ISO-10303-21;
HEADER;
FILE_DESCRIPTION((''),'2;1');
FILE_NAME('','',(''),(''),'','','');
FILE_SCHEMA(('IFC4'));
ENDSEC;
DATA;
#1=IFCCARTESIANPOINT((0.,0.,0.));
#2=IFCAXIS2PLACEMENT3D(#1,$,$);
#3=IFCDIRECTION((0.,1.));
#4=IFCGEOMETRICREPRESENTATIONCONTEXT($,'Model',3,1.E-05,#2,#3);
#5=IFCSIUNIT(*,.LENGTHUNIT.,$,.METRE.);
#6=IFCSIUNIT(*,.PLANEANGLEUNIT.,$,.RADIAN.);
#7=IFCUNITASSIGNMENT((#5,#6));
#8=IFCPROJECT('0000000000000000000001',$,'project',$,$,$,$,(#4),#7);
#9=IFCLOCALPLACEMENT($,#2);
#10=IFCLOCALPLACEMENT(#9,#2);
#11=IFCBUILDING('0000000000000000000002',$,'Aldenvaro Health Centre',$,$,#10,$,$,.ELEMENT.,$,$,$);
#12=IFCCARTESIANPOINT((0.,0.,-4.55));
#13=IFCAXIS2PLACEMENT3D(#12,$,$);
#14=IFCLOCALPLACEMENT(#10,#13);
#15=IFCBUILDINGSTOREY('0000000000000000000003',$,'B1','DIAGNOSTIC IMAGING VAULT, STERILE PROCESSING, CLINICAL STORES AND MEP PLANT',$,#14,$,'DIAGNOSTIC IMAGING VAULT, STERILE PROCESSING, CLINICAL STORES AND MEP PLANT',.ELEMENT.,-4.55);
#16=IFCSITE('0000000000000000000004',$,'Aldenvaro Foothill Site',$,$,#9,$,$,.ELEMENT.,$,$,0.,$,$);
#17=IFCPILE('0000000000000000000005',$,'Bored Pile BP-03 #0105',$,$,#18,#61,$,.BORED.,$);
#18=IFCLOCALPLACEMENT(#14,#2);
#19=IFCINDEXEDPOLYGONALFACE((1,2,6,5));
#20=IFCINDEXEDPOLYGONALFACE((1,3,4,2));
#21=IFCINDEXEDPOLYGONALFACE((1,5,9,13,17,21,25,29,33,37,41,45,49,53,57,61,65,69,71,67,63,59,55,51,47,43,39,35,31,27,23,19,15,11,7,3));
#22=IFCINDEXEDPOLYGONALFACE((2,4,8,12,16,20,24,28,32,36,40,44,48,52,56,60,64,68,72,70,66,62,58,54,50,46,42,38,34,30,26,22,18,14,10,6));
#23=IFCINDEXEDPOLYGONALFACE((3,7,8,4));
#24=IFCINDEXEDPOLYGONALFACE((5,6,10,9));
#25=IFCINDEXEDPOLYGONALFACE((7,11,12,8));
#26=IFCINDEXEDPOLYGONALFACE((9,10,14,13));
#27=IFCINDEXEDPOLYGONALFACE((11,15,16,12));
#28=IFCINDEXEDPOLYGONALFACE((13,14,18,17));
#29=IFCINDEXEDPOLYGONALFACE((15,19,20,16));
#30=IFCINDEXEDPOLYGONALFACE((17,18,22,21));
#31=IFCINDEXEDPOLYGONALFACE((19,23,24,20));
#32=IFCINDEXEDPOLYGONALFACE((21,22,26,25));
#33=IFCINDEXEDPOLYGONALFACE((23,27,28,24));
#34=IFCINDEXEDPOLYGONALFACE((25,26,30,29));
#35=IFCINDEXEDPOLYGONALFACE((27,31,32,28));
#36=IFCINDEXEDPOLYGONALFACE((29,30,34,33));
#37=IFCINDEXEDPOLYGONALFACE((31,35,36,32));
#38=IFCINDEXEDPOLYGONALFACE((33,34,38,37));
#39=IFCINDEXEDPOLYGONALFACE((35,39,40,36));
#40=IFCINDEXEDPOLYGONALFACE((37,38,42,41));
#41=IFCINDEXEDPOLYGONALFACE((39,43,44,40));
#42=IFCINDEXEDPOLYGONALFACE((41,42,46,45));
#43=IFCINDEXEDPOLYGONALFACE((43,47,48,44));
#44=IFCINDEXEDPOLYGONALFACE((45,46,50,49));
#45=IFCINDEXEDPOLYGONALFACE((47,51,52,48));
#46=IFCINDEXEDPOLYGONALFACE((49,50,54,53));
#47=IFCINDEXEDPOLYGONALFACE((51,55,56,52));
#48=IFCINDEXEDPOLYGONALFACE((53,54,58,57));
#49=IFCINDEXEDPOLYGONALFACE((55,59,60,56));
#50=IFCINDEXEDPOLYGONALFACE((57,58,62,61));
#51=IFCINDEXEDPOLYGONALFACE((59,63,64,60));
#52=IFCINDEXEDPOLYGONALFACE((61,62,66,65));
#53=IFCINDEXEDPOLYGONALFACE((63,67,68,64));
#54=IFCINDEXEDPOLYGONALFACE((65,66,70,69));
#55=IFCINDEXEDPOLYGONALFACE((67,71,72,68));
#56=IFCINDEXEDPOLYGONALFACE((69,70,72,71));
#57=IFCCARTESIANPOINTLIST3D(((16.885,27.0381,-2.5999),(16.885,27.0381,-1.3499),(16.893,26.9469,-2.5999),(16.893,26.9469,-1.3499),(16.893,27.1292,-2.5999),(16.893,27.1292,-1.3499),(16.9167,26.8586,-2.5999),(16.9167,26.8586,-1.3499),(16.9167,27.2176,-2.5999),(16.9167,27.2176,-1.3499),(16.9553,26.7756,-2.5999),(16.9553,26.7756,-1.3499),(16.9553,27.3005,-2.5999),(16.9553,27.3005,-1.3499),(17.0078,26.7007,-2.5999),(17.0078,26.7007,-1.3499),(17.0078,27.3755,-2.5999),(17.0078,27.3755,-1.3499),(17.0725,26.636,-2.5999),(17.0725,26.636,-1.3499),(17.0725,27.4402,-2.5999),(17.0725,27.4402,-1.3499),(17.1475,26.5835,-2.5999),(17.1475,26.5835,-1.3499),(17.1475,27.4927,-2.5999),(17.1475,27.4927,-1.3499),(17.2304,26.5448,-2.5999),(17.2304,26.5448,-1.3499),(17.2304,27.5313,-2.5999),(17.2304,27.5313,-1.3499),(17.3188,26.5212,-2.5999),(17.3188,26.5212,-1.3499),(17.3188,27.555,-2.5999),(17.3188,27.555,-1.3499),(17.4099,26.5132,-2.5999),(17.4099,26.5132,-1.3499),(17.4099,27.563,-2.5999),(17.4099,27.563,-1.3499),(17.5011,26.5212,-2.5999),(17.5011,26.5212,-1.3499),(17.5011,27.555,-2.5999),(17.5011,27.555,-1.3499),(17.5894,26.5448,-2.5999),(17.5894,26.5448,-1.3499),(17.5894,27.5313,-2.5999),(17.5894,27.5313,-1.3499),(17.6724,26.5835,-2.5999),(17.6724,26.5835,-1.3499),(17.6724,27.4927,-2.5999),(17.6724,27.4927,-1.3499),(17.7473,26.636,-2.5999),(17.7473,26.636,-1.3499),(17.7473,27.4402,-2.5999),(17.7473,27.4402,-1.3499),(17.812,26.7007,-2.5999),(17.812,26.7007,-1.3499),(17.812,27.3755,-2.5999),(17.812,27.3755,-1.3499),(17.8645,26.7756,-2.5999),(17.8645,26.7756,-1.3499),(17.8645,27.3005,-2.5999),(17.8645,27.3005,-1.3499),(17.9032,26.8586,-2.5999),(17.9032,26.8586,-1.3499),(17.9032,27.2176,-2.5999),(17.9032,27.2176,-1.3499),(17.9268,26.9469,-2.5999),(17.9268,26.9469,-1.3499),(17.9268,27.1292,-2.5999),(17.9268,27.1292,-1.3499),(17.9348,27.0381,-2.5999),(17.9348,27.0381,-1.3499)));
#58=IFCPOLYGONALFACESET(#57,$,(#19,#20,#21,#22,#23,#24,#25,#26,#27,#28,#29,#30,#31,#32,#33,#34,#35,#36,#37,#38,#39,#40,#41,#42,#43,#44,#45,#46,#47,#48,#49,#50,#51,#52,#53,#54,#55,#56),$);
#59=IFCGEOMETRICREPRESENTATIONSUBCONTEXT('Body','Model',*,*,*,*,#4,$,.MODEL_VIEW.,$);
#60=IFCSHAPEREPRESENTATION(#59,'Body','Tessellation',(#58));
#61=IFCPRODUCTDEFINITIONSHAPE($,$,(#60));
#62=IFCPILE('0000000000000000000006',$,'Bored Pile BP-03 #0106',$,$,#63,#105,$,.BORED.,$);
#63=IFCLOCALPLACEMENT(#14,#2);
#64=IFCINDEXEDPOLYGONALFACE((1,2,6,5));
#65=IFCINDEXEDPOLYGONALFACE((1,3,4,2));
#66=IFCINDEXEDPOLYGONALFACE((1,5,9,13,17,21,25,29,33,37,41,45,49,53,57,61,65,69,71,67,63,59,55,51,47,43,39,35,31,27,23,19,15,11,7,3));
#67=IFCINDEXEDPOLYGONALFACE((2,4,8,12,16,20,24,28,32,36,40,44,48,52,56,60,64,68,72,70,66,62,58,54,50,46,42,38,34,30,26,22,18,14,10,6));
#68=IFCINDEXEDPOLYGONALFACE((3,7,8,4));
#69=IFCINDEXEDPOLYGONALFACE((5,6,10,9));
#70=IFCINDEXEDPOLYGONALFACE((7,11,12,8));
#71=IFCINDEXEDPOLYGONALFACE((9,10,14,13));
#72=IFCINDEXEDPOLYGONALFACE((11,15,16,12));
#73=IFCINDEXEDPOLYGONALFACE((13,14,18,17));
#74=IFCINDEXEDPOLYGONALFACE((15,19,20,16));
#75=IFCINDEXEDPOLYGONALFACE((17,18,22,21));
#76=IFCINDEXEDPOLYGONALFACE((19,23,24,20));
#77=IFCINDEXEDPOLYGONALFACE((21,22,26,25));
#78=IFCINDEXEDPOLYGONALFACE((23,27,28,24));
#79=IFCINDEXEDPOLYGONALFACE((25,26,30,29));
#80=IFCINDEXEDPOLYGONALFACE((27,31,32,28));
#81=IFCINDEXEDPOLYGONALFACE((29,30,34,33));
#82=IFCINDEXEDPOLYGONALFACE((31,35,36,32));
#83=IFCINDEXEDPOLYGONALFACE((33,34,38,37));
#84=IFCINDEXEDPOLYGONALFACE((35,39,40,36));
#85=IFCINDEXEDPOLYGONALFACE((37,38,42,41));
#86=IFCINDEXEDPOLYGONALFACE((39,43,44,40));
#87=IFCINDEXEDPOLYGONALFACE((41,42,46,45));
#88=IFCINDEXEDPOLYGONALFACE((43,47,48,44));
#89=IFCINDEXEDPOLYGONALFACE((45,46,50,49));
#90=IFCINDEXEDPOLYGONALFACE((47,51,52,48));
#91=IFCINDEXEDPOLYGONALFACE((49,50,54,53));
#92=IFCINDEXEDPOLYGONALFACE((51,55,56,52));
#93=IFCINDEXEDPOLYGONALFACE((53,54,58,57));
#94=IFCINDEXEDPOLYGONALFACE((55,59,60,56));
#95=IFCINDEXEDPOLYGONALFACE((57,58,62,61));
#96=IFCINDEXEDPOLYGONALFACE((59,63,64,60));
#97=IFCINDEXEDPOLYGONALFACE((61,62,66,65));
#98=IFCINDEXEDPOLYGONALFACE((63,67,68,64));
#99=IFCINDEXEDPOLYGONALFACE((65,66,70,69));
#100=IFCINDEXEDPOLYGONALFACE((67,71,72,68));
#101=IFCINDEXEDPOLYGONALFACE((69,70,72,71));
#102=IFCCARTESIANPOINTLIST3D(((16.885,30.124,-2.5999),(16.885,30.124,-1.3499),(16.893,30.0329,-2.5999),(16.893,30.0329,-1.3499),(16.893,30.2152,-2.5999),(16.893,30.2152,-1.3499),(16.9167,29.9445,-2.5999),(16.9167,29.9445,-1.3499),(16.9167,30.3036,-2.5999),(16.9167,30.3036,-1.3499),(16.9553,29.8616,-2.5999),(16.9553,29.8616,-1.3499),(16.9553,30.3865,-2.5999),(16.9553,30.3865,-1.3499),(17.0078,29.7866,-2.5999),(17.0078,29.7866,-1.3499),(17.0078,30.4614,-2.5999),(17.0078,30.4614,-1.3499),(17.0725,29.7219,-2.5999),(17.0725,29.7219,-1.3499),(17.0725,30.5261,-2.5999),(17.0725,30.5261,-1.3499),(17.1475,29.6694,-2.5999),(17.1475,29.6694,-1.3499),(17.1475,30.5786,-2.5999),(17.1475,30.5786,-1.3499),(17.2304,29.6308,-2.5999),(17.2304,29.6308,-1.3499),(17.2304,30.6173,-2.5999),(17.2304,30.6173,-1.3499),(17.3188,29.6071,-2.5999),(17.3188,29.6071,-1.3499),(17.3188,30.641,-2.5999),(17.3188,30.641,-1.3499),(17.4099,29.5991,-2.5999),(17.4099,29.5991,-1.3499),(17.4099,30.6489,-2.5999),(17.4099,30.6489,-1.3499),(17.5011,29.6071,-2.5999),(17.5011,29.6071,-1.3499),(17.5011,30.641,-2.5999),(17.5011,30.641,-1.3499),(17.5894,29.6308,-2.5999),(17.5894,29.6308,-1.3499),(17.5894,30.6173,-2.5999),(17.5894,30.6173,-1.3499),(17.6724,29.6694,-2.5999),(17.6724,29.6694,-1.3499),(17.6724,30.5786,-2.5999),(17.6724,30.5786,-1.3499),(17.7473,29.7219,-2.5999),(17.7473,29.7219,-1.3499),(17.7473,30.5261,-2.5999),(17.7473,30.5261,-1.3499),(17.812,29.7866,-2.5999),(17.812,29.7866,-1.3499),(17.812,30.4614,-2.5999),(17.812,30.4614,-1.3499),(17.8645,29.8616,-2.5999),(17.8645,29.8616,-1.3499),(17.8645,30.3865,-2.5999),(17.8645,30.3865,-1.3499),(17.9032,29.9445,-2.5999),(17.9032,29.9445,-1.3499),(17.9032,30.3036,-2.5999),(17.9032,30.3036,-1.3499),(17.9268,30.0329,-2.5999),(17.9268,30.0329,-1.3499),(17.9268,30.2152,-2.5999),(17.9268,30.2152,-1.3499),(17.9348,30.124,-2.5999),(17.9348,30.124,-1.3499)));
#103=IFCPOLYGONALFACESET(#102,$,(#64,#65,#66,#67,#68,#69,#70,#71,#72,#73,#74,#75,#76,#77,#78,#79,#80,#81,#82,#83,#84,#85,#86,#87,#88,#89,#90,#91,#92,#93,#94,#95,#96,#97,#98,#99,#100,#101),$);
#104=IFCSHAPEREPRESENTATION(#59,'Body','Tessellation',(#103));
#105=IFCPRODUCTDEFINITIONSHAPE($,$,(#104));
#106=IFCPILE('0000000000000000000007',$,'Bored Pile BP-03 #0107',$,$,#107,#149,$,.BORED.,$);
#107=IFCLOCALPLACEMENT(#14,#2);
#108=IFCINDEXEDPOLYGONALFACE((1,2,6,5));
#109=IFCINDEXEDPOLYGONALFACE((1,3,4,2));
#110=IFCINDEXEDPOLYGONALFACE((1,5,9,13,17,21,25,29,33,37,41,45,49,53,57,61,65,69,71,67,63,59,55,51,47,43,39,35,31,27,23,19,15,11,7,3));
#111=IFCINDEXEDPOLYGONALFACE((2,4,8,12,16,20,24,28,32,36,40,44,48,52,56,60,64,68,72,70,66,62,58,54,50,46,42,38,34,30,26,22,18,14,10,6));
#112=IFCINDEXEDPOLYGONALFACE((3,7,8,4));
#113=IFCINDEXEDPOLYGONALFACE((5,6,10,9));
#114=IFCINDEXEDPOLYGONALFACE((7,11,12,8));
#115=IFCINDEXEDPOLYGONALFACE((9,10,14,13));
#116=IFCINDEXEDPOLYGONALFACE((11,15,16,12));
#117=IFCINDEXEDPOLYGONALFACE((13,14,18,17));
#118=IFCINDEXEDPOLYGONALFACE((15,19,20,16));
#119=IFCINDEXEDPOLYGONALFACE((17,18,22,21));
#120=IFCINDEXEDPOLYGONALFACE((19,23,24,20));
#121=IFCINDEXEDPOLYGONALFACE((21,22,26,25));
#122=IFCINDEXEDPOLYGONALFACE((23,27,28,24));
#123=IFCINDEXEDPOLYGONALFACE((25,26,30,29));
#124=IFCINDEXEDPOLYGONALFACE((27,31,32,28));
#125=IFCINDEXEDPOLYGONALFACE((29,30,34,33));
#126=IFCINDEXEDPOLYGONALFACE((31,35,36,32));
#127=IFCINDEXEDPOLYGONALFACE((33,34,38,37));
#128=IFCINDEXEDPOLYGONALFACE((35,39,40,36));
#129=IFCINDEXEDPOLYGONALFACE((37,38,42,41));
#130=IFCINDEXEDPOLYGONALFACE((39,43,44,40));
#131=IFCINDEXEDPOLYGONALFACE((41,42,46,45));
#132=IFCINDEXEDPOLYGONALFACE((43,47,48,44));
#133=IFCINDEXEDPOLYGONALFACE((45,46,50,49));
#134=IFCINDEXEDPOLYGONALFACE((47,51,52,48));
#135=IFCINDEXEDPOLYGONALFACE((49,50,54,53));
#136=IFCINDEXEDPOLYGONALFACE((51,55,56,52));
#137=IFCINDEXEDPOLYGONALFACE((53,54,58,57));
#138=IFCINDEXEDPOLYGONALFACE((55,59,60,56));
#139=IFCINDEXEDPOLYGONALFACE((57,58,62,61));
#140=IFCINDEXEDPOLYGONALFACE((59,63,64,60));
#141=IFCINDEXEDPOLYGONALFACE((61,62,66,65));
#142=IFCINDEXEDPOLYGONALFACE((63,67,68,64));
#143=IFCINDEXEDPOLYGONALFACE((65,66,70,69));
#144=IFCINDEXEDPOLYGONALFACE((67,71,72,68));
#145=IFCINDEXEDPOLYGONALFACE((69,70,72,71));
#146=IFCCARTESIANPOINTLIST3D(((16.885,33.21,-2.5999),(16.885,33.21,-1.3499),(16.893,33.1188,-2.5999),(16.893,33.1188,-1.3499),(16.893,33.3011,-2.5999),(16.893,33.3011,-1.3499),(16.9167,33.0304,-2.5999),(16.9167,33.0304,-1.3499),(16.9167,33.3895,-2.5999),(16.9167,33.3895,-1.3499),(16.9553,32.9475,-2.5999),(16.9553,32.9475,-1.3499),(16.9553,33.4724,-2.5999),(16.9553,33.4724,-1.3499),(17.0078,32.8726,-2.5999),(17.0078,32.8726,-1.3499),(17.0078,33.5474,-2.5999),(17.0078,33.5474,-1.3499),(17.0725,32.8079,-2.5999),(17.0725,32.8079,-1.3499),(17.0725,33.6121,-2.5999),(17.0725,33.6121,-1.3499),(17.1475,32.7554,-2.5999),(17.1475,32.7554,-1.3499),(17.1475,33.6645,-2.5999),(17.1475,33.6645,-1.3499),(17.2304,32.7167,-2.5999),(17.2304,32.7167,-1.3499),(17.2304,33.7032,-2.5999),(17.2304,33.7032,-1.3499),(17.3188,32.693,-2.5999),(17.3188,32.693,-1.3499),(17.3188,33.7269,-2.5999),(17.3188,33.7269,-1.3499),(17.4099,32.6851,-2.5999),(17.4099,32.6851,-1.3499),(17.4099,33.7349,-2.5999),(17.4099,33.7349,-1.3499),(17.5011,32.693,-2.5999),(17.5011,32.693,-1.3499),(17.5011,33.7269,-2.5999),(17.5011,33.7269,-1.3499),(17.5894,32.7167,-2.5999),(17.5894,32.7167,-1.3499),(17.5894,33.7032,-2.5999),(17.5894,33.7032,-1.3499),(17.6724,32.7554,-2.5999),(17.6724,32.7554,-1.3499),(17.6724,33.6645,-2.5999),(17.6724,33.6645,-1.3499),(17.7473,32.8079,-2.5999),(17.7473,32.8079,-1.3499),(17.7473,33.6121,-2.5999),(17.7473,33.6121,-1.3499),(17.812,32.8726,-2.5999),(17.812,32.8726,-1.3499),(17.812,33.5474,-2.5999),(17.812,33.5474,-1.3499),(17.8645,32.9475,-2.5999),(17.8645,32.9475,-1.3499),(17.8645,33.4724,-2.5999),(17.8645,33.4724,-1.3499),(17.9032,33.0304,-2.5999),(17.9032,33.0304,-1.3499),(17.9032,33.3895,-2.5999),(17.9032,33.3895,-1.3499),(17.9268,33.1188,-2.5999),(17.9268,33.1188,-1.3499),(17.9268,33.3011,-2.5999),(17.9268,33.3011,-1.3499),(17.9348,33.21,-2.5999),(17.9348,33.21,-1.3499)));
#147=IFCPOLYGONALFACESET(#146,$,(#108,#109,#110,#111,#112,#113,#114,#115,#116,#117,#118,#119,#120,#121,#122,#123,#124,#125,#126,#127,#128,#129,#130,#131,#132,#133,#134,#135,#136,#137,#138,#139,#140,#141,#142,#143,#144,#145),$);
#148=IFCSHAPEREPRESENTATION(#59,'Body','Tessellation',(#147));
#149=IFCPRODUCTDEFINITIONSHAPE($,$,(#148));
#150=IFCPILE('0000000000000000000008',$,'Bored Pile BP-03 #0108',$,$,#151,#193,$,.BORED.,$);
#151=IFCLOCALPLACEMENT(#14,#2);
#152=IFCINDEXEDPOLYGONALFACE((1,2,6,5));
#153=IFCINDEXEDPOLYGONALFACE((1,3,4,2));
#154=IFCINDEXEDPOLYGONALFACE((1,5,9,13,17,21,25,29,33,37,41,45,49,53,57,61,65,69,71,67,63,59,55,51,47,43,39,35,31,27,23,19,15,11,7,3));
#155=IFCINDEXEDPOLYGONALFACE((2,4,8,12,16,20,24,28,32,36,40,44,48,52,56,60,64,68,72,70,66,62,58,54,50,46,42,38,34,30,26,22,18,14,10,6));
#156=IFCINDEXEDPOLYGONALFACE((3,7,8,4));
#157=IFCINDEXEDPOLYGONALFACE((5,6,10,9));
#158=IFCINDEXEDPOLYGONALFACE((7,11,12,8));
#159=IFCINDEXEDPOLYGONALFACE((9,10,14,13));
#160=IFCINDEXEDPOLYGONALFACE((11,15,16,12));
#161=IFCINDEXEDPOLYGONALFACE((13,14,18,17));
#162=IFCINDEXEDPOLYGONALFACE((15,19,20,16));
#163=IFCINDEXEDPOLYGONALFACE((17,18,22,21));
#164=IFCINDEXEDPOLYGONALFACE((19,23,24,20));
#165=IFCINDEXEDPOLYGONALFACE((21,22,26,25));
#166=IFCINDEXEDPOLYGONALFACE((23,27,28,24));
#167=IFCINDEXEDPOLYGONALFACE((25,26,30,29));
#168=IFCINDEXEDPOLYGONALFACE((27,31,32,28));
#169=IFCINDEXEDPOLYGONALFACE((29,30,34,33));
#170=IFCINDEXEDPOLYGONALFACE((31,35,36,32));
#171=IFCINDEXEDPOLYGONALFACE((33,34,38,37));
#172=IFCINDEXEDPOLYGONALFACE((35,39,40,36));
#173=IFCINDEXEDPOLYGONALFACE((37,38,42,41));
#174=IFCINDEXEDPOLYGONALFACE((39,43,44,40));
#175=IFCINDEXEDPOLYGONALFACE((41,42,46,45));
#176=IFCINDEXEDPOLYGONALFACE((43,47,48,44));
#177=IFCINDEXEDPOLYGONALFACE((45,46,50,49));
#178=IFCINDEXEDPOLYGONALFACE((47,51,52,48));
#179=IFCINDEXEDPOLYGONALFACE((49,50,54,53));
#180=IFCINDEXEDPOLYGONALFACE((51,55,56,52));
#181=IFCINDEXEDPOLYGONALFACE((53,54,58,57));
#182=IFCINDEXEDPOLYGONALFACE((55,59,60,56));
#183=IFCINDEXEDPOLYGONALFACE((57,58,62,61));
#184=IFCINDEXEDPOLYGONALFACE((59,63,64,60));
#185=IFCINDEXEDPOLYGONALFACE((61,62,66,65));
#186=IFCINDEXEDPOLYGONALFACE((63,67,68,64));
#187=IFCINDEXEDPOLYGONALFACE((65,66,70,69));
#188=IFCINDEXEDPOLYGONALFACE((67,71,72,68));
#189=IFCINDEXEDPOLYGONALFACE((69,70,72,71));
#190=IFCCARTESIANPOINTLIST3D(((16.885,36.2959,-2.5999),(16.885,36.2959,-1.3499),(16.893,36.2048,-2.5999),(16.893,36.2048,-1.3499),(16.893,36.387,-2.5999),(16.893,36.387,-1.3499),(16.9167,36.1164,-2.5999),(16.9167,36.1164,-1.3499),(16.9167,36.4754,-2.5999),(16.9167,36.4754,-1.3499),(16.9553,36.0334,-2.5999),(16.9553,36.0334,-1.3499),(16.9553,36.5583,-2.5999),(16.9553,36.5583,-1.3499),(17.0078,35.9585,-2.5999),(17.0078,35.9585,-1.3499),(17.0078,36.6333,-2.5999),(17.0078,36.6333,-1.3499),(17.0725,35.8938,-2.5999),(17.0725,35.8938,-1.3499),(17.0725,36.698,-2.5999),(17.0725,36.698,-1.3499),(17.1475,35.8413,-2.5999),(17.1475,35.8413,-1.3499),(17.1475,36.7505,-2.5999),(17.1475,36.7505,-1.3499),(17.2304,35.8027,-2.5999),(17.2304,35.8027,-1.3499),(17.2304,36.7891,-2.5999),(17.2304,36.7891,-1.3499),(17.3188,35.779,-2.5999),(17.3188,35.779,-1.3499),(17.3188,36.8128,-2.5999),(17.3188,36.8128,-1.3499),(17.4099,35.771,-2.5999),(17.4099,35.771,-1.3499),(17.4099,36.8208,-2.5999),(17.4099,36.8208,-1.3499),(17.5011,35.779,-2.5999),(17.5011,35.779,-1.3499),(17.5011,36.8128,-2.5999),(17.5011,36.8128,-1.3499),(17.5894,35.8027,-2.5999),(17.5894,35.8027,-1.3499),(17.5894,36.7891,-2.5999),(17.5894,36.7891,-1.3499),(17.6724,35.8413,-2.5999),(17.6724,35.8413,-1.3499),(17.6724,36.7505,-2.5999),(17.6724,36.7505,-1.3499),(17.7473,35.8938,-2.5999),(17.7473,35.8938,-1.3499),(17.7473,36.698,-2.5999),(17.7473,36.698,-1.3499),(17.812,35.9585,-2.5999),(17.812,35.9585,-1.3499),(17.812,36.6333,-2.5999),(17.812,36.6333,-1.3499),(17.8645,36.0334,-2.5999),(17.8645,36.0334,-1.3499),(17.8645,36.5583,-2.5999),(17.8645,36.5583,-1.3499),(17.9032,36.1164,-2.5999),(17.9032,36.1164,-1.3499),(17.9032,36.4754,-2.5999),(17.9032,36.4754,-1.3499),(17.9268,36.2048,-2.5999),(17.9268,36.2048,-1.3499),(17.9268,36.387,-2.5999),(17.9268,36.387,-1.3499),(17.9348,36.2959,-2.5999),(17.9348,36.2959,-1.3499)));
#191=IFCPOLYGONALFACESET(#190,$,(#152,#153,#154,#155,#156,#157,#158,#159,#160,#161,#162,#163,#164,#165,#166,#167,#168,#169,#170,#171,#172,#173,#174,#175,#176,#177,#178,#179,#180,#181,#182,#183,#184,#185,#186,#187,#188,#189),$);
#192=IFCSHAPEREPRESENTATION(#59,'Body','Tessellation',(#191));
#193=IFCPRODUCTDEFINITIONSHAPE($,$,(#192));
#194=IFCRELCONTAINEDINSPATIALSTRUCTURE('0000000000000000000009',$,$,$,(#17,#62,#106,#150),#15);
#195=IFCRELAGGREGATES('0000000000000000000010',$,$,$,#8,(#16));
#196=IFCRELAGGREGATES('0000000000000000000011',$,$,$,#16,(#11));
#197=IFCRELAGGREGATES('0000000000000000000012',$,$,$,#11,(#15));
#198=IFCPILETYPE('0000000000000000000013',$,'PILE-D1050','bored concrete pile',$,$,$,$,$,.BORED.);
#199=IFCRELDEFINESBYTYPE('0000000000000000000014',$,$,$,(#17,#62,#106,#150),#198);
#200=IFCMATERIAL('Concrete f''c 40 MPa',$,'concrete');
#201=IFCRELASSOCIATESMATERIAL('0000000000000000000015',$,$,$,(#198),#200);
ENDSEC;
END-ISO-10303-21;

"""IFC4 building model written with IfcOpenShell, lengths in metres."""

from ifc_helpers import new_model, si_unit, direction, frame, origin, origin_2d, place, context, subcontext, project, spatial, circle, extrude, material, material_profile, profile_set, type_object, element, save


model = new_model("IFC4")

# Units and contexts
model_context = context("Model", 3, precision=1e-05, world=origin(), true_north=direction((0.0, 1.0)))
body_context = subcontext(model_context, "Body", "Model", "MODEL_VIEW")
ifc_project = project(units=[si_unit("LENGTHUNIT", "METRE"), si_unit("PLANEANGLEUNIT", "RADIAN")], contexts=[model_context])

# Site, building, storey
site_placement = place(None, origin())
site = spatial("IfcSite", under=ifc_project, at=site_placement, Name="Aldenvaro Foothill Site", CompositionType="ELEMENT", RefElevation=0.0)
building_placement = place(site_placement, origin())
building = spatial("IfcBuilding", under=site, at=building_placement, Name="Aldenvaro Health Centre", CompositionType="ELEMENT")
storey_placement = place(building_placement, frame((0.0, 0.0, -4.55)))
storey = spatial("IfcBuildingStorey", under=building, at=storey_placement, Name="B1", Description="DIAGNOSTIC IMAGING VAULT, STERILE PROCESSING, CLINICAL STORES AND MEP PLANT", LongName="DIAGNOSTIC IMAGING VAULT, STERILE PROCESSING, CLINICAL STORES AND MEP PLANT", CompositionType="ELEMENT", Elevation=-4.55)

# Piles
ifc_material_1 = material(Name="Concrete f'c 40 MPa", Category="concrete")
ifc_material_profile_1 = material_profile(ifc_material_1, circle(Radius=0.5249, at=origin_2d()), Name="PILE D1050", Category="concrete")
ifc_profile_set_1 = profile_set([ifc_material_profile_1], Name="Concrete f'c 40 MPa")
pile_type = type_object("IfcPileType", Name="PILE-D1050", Description="bored concrete pile", PredefinedType="BORED", material=ifc_profile_set_1)
for number, where, z_axis, x_axis, name in (
    (1, (17.4099, 27.0381, -1.3499), (0.0, 0.0, -1.0), (1.0, 0.0, 0.0), "Bored Pile BP-03 #0105"),
    (2, (17.4099, 30.124, -1.3499), (0.0, 0.0, -1.0), (1.0, 0.0, 0.0), "Bored Pile BP-03 #0106"),
    (3, (17.4099, 33.21, -1.3499), (0.0, 0.0, -1.0), (1.0, 0.0, 0.0), "Bored Pile BP-03 #0107"),
    (4, (17.4099, 36.2959, -1.3499), (0.0, 0.0, -1.0), (1.0, 0.0, 0.0), "Bored Pile BP-03 #0108"),
):
    element("IfcPile", number, at=place(storey_placement, frame(where, z_axis=z_axis, x_axis=x_axis)), inside=storey, type_object=pile_type, Name=name, PredefinedType="BORED", context=body_context, shape_type="SweptSolid", body=[
        extrude(circle(Radius=0.5249, at=origin_2d()), origin(), (0.0, 0.0, 1.0), 1.25),
    ])

save(model, "model.ifc")
